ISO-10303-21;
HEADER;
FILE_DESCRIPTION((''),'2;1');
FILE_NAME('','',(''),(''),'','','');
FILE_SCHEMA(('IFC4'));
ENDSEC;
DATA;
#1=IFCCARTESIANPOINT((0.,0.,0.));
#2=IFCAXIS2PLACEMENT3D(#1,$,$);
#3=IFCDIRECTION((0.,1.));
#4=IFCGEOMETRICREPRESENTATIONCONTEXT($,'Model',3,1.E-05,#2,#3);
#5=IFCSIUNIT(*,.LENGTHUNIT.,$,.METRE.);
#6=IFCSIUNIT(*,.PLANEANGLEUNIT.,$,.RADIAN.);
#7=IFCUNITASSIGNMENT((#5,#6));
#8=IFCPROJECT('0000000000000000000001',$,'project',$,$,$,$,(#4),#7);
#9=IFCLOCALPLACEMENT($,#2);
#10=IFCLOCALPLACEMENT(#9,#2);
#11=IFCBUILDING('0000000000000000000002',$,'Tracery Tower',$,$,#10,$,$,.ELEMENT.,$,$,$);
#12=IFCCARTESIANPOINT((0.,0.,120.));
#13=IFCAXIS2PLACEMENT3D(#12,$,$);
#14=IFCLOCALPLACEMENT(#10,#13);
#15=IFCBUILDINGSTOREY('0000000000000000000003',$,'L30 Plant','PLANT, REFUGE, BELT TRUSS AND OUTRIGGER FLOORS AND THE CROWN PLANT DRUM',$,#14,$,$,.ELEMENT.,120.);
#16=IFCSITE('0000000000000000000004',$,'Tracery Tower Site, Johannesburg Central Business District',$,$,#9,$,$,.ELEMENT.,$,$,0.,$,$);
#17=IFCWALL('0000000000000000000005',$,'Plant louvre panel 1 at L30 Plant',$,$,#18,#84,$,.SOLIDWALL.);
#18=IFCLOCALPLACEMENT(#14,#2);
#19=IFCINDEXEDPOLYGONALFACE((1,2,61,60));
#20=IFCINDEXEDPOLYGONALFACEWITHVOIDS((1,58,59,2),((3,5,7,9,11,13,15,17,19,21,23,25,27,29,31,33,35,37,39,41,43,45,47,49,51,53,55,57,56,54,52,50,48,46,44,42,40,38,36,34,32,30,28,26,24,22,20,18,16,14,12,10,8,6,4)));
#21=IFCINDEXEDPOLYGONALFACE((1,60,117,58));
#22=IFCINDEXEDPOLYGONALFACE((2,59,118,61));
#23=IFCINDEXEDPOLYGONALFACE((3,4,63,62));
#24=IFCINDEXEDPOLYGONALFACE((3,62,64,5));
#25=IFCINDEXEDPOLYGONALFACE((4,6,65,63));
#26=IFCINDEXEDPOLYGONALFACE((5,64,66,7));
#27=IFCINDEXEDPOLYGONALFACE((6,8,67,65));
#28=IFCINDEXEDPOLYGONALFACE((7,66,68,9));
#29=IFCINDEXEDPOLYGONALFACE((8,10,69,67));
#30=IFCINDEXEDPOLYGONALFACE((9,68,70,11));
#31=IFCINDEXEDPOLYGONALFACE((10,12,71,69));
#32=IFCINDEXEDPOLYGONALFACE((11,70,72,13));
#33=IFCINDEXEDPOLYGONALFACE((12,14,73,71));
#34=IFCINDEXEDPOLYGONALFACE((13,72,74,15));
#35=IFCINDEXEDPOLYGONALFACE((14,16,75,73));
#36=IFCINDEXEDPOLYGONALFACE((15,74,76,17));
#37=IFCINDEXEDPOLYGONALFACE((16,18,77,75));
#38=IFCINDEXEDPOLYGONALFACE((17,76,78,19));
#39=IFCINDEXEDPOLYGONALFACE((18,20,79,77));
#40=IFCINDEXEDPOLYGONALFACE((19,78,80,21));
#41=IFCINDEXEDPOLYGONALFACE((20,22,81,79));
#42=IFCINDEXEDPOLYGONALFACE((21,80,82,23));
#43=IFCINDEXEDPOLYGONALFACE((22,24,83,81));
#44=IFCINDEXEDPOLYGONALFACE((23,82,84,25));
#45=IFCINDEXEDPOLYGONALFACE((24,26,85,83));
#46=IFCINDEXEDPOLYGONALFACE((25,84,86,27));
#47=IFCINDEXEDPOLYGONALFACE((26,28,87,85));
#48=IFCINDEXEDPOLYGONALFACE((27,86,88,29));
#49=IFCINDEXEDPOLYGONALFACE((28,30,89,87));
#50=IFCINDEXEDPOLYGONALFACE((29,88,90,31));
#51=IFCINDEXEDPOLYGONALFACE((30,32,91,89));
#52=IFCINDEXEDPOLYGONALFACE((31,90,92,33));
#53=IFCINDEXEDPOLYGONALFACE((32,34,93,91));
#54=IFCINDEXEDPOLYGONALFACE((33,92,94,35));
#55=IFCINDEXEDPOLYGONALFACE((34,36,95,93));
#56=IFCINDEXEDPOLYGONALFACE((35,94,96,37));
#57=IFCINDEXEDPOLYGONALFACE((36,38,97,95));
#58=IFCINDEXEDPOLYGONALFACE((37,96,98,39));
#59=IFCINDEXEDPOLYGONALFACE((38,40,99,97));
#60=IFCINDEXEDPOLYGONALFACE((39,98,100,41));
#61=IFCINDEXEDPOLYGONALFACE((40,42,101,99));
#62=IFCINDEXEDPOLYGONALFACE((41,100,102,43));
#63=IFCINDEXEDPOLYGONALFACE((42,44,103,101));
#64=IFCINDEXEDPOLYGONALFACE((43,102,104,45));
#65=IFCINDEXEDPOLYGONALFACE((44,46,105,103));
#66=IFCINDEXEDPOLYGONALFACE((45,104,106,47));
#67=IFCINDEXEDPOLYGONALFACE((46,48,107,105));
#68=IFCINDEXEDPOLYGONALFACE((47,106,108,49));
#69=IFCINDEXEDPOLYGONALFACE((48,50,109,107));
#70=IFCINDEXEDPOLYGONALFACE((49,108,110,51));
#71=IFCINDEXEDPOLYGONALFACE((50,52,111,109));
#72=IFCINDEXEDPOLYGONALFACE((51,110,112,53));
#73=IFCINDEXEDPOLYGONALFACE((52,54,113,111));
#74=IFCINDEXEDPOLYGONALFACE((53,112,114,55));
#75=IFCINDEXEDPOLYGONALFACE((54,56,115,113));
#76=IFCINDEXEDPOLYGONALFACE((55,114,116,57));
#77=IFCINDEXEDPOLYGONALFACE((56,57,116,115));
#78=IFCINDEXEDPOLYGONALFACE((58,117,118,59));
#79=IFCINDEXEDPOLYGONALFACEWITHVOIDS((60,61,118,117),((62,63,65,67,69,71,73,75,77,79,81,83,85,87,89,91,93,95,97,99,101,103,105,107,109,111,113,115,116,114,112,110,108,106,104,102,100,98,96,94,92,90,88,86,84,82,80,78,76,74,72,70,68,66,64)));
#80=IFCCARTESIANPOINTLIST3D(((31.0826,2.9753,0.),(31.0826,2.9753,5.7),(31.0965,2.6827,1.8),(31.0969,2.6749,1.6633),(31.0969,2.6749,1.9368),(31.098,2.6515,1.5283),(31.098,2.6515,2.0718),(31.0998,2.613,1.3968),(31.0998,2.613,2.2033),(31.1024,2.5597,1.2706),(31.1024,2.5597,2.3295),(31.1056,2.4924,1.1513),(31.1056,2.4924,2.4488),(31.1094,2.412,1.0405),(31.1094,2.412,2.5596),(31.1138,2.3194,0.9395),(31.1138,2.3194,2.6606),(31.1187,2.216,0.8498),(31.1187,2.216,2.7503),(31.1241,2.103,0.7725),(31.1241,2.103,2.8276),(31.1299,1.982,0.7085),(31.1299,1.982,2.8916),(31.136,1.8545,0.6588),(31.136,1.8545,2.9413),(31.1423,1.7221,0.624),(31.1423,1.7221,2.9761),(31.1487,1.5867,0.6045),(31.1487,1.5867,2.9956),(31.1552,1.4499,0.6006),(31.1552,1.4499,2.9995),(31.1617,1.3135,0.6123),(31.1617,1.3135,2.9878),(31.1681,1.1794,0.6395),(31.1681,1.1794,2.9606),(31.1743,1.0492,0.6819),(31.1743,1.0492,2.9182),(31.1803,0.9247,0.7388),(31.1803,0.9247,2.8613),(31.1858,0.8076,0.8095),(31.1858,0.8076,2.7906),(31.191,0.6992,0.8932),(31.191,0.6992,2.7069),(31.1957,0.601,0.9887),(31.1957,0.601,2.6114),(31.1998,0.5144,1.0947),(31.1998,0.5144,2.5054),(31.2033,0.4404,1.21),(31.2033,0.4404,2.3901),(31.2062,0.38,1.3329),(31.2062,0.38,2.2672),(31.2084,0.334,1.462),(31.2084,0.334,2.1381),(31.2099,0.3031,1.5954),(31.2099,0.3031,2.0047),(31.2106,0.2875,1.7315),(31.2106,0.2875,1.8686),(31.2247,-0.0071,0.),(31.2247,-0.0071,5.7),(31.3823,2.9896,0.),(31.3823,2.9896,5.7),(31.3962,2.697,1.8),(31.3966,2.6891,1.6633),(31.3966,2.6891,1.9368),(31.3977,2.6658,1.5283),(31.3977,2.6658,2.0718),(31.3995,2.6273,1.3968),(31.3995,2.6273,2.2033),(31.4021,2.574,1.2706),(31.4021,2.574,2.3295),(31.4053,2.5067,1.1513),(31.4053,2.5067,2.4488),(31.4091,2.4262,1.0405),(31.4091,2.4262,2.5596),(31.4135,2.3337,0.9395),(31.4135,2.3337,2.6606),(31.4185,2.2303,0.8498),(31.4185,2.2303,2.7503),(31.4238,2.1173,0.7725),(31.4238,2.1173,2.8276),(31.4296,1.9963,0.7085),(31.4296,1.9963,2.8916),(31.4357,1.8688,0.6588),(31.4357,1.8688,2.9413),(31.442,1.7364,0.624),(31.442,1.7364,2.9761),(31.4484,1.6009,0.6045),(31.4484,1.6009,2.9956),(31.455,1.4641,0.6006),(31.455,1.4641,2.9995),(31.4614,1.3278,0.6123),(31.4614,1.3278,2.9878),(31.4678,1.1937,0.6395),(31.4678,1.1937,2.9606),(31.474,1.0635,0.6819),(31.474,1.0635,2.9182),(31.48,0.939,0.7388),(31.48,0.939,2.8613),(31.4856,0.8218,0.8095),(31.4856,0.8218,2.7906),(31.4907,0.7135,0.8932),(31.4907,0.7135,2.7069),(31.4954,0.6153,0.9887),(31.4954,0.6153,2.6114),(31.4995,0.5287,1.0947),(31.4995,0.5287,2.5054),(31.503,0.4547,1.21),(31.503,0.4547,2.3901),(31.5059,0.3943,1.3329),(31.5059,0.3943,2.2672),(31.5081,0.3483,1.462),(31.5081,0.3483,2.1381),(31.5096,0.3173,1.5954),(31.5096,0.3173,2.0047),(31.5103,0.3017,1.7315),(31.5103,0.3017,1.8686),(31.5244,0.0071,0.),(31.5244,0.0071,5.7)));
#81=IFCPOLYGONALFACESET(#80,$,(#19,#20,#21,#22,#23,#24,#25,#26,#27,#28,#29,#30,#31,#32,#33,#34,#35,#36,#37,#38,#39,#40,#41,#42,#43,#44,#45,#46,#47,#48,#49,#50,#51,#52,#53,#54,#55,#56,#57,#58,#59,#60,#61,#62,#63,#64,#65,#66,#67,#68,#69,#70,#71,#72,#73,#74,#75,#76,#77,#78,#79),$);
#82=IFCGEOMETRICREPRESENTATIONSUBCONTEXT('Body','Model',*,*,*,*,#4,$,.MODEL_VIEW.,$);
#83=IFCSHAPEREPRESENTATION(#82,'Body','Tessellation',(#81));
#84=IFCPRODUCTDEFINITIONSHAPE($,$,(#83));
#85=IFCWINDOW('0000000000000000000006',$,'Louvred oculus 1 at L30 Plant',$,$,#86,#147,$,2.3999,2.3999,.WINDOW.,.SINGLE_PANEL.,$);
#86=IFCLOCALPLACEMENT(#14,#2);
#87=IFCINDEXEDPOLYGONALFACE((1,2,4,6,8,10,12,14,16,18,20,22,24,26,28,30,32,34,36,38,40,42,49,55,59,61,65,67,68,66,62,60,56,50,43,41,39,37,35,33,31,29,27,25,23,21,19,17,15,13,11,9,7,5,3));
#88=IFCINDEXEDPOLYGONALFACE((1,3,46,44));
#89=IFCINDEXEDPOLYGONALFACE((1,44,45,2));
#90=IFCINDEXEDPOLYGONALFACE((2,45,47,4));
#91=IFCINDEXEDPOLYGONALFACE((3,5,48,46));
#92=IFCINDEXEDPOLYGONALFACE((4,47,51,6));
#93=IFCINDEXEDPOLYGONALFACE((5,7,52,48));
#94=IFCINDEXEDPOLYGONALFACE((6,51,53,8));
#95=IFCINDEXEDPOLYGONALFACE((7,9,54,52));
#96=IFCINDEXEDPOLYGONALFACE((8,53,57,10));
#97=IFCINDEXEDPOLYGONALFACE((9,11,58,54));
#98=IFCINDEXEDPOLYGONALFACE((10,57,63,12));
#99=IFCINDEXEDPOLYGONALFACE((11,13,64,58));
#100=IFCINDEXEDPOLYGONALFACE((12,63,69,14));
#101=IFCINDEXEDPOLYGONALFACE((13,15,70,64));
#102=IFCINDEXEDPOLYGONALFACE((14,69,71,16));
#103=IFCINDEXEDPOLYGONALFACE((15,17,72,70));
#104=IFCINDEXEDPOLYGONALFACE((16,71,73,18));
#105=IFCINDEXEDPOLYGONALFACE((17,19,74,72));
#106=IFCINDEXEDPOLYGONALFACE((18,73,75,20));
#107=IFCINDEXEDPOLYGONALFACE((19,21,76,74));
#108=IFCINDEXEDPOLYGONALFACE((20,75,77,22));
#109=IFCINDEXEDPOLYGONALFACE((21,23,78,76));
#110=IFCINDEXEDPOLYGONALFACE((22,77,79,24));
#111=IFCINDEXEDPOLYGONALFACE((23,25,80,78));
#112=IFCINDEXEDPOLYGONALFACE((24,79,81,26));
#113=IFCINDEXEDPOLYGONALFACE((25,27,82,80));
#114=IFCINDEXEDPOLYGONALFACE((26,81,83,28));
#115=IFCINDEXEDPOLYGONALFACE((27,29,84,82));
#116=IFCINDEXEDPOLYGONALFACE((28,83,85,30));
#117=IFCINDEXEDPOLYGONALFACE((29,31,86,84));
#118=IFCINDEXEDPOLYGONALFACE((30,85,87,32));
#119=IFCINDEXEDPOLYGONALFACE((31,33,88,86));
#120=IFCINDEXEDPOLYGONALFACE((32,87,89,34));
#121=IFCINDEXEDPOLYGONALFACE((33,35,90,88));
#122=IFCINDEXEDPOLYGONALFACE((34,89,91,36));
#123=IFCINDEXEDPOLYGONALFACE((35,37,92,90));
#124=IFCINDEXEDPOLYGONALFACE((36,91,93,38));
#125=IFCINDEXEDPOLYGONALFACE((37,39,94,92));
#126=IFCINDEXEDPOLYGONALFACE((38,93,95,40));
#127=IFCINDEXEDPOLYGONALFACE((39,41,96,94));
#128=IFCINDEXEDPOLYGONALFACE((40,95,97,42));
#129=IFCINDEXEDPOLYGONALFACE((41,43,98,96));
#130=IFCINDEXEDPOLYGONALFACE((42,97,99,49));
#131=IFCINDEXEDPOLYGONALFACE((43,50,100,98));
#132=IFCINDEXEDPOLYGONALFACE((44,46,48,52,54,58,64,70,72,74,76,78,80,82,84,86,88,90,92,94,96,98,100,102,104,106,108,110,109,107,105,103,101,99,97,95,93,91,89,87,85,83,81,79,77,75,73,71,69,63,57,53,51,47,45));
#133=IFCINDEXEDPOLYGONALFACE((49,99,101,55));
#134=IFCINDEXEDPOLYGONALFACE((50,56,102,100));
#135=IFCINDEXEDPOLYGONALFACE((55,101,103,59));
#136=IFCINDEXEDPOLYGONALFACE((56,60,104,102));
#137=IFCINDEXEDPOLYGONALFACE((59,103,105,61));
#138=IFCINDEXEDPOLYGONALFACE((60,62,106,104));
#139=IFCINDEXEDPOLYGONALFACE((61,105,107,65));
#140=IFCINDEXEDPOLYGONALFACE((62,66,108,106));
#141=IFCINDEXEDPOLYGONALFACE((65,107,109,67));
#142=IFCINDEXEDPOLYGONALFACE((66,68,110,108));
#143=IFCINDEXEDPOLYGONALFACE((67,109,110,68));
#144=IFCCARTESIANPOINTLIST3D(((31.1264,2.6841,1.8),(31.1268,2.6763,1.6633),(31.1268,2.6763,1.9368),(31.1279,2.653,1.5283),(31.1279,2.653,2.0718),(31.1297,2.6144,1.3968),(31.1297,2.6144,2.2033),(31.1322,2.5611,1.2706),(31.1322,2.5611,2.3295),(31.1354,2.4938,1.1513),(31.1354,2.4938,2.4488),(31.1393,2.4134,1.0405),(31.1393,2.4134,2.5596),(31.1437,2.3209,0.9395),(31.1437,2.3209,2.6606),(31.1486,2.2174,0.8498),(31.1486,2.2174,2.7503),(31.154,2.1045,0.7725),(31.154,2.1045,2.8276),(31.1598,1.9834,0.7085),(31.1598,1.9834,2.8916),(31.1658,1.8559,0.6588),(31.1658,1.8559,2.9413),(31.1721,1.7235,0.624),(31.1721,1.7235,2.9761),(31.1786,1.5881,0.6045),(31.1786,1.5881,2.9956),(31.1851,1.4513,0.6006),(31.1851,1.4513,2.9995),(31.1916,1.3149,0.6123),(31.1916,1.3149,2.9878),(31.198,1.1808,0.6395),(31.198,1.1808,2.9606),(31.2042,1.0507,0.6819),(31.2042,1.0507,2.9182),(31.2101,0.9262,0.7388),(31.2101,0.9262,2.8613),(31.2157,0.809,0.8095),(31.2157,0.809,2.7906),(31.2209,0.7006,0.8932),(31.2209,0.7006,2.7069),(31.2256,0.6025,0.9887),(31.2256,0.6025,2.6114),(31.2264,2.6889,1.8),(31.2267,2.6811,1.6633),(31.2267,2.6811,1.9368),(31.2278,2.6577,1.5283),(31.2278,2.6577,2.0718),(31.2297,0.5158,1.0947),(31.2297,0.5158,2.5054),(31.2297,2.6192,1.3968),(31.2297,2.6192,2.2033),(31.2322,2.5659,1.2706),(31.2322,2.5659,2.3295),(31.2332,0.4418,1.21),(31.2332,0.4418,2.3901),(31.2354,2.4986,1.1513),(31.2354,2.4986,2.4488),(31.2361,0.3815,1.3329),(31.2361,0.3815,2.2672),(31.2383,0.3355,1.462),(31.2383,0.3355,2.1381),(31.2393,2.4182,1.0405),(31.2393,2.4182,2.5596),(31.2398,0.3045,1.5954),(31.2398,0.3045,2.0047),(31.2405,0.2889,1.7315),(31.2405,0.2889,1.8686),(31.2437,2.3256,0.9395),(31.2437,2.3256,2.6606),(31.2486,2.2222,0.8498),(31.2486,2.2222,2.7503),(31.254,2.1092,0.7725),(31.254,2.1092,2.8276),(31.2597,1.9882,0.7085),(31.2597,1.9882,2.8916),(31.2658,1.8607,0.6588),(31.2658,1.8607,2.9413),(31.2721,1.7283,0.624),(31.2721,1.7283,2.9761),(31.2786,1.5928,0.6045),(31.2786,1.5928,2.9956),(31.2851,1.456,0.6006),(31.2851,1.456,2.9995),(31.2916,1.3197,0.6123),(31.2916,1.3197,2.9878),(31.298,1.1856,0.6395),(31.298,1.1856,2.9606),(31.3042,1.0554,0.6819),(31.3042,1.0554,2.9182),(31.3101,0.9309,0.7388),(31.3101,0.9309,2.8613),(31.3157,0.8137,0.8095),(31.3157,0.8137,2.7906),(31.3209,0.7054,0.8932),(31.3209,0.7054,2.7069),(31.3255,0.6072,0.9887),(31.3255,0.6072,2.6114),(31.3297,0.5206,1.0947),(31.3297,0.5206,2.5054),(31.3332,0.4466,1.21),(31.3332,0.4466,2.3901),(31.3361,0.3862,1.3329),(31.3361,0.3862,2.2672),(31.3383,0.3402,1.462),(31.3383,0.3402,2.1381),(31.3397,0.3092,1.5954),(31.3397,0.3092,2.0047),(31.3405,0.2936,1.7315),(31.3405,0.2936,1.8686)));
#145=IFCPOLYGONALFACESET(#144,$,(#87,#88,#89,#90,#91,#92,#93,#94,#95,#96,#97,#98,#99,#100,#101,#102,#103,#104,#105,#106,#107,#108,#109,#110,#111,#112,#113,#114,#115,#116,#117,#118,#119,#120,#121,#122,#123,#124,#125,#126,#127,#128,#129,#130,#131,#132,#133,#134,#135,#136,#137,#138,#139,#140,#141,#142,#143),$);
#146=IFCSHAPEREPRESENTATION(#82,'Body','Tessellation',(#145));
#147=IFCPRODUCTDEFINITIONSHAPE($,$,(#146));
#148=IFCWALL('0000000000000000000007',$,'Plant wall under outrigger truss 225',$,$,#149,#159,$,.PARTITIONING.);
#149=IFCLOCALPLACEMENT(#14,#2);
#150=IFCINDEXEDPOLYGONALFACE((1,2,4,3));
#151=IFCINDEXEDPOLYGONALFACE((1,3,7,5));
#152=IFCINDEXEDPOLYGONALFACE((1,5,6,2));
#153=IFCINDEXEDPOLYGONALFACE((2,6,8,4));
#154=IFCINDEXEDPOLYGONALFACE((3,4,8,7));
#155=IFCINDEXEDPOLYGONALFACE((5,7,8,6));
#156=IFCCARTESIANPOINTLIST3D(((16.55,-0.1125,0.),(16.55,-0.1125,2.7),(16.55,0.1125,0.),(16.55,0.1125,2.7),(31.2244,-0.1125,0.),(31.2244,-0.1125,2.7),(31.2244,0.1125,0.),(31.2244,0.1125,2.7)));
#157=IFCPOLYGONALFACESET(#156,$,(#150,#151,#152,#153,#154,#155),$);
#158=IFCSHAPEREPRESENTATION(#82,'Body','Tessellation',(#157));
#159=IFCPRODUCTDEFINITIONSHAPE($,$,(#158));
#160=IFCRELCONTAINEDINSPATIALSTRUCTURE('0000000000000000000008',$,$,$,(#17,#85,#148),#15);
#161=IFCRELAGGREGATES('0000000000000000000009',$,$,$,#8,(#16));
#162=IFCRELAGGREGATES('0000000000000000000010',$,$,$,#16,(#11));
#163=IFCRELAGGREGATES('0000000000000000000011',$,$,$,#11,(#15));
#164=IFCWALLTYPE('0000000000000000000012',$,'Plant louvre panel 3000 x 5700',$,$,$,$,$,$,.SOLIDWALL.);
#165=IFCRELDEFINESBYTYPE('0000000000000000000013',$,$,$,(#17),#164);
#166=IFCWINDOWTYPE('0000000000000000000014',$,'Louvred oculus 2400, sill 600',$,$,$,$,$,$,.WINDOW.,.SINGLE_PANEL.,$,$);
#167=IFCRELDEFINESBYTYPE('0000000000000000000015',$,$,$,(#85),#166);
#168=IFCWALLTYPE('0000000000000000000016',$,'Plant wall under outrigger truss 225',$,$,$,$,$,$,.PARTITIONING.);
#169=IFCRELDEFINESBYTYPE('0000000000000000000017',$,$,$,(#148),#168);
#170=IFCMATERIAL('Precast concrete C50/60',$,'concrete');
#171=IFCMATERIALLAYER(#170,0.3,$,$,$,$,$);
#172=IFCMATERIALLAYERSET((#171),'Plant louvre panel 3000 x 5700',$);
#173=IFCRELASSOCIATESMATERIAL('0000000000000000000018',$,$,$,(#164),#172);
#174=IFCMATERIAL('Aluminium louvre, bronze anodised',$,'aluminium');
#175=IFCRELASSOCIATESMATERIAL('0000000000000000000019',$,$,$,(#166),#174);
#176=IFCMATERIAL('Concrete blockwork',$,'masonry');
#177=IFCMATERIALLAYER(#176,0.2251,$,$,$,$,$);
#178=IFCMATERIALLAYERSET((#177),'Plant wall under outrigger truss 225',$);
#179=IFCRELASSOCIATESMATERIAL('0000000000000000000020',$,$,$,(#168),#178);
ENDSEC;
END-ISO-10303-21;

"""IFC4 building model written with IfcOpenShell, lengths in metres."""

from ifc_helpers import new_model, si_unit, direction, frame, frame_2d, origin, origin_2d, place, context, subcontext, project, spatial, rectangle, circle, extrude, material, layer, layer_set, type_object, element, fill, save


model = new_model("IFC4")

# Units and contexts
model_context = context("Model", 3, precision=1e-05, world=origin(), true_north=direction((0.0, 1.0)))
body_context = subcontext(model_context, "Body", "Model", "MODEL_VIEW")
ifc_project = project(units=[si_unit("LENGTHUNIT", "METRE"), si_unit("PLANEANGLEUNIT", "RADIAN")], contexts=[model_context])

# Site, building, storey
site_placement = place(None, origin())
site = spatial("IfcSite", under=ifc_project, at=site_placement, Name="Tracery Tower Site, Johannesburg Central Business District", CompositionType="ELEMENT", RefElevation=0.0)
building_placement = place(site_placement, origin())
building = spatial("IfcBuilding", under=site, at=building_placement, Name="Tracery Tower", CompositionType="ELEMENT")
storey_placement = place(building_placement, frame((0.0, 0.0, 120.0)))
storey = spatial("IfcBuildingStorey", under=building, at=storey_placement, Name="L30 Plant", Description="PLANT, REFUGE, BELT TRUSS AND OUTRIGGER FLOORS AND THE CROWN PLANT DRUM", CompositionType="ELEMENT", Elevation=120.0)

# Wall, opening, window
ifc_material_1 = material(Name="Precast concrete C50/60", Category="concrete")
ifc_layer_1 = layer(ifc_material_1, 0.3)
ifc_layer_set_1 = layer_set([ifc_layer_1], Name="Plant louvre panel 3000 x 5700")
wall_type_1 = type_object("IfcWallType", Name="Plant louvre panel 3000 x 5700", PredefinedType="SOLIDWALL", material=ifc_layer_set_1)
wall_1_placement = place(storey_placement, frame((31.3745, 0.0, 0.0), z_axis=(0.0, 0.0, 1.0), x_axis=(-0.047588, 0.998867, 0.0)))
wall_1 = element("IfcWall", 1, at=wall_1_placement, inside=storey, type_object=wall_type_1, Name="Plant louvre panel 1 at L30 Plant", PredefinedType="SOLIDWALL", context=body_context, shape_type="SweptSolid", body=[
    extrude(rectangle(XDim=2.9858, YDim=0.3, at=frame_2d((1.4929, 0.0))), origin(), (0.0, 0.0, 1.0), 5.7),
])
opening_placement = place(wall_1_placement, frame((1.4929, 0.0, 1.8)))
opening = element("IfcOpeningElement", 2, at=opening_placement, cuts=wall_1, PredefinedType="OPENING", context=body_context, shape_type="SweptSolid", body=[
    extrude(circle(Radius=1.2, at=origin_2d()), frame((0.0, 0.1599, 0.0), z_axis=(0.0, -1.0, 0.0), x_axis=(1.0, 0.0, 0.0)), (0.0, 0.0, 1.0), 0.3201),
])
ifc_material_2 = material(Name="Aluminium louvre, bronze anodised", Category="aluminium")
window_type = type_object("IfcWindowType", Name="Louvred oculus 2400, sill 600", PartitioningType="SINGLE_PANEL", PredefinedType="WINDOW", material=ifc_material_2)
window_placement = place(opening_placement, origin())
window = element("IfcWindow", 3, at=window_placement, inside=storey, type_object=window_type, Name="Louvred oculus 1 at L30 Plant", OverallHeight=2.3999, OverallWidth=2.3999, PartitioningType="SINGLE_PANEL", PredefinedType="WINDOW", context=body_context, shape_type="SweptSolid", body=[
    extrude(circle(Radius=1.2, at=origin_2d()), frame((0.0, 0.1201, 0.0), z_axis=(0.0, -1.0, 0.0), x_axis=(1.0, 0.0, 0.0)), (0.0, 0.0, 1.0), 0.1001),
])
fill(opening, window)

# Wall
ifc_material_3 = material(Name="Concrete blockwork", Category="masonry")
ifc_layer_2 = layer(ifc_material_3, 0.2251)
ifc_layer_set_2 = layer_set([ifc_layer_2], Name="Plant wall under outrigger truss 225")
wall_type_2 = type_object("IfcWallType", Name="Plant wall under outrigger truss 225", PredefinedType="PARTITIONING", material=ifc_layer_set_2)
wall_2_placement = place(storey_placement, frame((31.2244, 0.0, 0.0), z_axis=(0.0, 0.0, 1.0), x_axis=(-1.0, 0.0, 0.0)))
element("IfcWall", 4, at=wall_2_placement, inside=storey, type_object=wall_type_2, Name="Plant wall under outrigger truss 225", PredefinedType="PARTITIONING", context=body_context, shape_type="SweptSolid", body=[
    extrude(rectangle(XDim=14.6743, YDim=0.2251, at=frame_2d((7.3372, 0.0))), origin(), (0.0, 0.0, 1.0), 2.7),
])

save(model, "model.ifc")
